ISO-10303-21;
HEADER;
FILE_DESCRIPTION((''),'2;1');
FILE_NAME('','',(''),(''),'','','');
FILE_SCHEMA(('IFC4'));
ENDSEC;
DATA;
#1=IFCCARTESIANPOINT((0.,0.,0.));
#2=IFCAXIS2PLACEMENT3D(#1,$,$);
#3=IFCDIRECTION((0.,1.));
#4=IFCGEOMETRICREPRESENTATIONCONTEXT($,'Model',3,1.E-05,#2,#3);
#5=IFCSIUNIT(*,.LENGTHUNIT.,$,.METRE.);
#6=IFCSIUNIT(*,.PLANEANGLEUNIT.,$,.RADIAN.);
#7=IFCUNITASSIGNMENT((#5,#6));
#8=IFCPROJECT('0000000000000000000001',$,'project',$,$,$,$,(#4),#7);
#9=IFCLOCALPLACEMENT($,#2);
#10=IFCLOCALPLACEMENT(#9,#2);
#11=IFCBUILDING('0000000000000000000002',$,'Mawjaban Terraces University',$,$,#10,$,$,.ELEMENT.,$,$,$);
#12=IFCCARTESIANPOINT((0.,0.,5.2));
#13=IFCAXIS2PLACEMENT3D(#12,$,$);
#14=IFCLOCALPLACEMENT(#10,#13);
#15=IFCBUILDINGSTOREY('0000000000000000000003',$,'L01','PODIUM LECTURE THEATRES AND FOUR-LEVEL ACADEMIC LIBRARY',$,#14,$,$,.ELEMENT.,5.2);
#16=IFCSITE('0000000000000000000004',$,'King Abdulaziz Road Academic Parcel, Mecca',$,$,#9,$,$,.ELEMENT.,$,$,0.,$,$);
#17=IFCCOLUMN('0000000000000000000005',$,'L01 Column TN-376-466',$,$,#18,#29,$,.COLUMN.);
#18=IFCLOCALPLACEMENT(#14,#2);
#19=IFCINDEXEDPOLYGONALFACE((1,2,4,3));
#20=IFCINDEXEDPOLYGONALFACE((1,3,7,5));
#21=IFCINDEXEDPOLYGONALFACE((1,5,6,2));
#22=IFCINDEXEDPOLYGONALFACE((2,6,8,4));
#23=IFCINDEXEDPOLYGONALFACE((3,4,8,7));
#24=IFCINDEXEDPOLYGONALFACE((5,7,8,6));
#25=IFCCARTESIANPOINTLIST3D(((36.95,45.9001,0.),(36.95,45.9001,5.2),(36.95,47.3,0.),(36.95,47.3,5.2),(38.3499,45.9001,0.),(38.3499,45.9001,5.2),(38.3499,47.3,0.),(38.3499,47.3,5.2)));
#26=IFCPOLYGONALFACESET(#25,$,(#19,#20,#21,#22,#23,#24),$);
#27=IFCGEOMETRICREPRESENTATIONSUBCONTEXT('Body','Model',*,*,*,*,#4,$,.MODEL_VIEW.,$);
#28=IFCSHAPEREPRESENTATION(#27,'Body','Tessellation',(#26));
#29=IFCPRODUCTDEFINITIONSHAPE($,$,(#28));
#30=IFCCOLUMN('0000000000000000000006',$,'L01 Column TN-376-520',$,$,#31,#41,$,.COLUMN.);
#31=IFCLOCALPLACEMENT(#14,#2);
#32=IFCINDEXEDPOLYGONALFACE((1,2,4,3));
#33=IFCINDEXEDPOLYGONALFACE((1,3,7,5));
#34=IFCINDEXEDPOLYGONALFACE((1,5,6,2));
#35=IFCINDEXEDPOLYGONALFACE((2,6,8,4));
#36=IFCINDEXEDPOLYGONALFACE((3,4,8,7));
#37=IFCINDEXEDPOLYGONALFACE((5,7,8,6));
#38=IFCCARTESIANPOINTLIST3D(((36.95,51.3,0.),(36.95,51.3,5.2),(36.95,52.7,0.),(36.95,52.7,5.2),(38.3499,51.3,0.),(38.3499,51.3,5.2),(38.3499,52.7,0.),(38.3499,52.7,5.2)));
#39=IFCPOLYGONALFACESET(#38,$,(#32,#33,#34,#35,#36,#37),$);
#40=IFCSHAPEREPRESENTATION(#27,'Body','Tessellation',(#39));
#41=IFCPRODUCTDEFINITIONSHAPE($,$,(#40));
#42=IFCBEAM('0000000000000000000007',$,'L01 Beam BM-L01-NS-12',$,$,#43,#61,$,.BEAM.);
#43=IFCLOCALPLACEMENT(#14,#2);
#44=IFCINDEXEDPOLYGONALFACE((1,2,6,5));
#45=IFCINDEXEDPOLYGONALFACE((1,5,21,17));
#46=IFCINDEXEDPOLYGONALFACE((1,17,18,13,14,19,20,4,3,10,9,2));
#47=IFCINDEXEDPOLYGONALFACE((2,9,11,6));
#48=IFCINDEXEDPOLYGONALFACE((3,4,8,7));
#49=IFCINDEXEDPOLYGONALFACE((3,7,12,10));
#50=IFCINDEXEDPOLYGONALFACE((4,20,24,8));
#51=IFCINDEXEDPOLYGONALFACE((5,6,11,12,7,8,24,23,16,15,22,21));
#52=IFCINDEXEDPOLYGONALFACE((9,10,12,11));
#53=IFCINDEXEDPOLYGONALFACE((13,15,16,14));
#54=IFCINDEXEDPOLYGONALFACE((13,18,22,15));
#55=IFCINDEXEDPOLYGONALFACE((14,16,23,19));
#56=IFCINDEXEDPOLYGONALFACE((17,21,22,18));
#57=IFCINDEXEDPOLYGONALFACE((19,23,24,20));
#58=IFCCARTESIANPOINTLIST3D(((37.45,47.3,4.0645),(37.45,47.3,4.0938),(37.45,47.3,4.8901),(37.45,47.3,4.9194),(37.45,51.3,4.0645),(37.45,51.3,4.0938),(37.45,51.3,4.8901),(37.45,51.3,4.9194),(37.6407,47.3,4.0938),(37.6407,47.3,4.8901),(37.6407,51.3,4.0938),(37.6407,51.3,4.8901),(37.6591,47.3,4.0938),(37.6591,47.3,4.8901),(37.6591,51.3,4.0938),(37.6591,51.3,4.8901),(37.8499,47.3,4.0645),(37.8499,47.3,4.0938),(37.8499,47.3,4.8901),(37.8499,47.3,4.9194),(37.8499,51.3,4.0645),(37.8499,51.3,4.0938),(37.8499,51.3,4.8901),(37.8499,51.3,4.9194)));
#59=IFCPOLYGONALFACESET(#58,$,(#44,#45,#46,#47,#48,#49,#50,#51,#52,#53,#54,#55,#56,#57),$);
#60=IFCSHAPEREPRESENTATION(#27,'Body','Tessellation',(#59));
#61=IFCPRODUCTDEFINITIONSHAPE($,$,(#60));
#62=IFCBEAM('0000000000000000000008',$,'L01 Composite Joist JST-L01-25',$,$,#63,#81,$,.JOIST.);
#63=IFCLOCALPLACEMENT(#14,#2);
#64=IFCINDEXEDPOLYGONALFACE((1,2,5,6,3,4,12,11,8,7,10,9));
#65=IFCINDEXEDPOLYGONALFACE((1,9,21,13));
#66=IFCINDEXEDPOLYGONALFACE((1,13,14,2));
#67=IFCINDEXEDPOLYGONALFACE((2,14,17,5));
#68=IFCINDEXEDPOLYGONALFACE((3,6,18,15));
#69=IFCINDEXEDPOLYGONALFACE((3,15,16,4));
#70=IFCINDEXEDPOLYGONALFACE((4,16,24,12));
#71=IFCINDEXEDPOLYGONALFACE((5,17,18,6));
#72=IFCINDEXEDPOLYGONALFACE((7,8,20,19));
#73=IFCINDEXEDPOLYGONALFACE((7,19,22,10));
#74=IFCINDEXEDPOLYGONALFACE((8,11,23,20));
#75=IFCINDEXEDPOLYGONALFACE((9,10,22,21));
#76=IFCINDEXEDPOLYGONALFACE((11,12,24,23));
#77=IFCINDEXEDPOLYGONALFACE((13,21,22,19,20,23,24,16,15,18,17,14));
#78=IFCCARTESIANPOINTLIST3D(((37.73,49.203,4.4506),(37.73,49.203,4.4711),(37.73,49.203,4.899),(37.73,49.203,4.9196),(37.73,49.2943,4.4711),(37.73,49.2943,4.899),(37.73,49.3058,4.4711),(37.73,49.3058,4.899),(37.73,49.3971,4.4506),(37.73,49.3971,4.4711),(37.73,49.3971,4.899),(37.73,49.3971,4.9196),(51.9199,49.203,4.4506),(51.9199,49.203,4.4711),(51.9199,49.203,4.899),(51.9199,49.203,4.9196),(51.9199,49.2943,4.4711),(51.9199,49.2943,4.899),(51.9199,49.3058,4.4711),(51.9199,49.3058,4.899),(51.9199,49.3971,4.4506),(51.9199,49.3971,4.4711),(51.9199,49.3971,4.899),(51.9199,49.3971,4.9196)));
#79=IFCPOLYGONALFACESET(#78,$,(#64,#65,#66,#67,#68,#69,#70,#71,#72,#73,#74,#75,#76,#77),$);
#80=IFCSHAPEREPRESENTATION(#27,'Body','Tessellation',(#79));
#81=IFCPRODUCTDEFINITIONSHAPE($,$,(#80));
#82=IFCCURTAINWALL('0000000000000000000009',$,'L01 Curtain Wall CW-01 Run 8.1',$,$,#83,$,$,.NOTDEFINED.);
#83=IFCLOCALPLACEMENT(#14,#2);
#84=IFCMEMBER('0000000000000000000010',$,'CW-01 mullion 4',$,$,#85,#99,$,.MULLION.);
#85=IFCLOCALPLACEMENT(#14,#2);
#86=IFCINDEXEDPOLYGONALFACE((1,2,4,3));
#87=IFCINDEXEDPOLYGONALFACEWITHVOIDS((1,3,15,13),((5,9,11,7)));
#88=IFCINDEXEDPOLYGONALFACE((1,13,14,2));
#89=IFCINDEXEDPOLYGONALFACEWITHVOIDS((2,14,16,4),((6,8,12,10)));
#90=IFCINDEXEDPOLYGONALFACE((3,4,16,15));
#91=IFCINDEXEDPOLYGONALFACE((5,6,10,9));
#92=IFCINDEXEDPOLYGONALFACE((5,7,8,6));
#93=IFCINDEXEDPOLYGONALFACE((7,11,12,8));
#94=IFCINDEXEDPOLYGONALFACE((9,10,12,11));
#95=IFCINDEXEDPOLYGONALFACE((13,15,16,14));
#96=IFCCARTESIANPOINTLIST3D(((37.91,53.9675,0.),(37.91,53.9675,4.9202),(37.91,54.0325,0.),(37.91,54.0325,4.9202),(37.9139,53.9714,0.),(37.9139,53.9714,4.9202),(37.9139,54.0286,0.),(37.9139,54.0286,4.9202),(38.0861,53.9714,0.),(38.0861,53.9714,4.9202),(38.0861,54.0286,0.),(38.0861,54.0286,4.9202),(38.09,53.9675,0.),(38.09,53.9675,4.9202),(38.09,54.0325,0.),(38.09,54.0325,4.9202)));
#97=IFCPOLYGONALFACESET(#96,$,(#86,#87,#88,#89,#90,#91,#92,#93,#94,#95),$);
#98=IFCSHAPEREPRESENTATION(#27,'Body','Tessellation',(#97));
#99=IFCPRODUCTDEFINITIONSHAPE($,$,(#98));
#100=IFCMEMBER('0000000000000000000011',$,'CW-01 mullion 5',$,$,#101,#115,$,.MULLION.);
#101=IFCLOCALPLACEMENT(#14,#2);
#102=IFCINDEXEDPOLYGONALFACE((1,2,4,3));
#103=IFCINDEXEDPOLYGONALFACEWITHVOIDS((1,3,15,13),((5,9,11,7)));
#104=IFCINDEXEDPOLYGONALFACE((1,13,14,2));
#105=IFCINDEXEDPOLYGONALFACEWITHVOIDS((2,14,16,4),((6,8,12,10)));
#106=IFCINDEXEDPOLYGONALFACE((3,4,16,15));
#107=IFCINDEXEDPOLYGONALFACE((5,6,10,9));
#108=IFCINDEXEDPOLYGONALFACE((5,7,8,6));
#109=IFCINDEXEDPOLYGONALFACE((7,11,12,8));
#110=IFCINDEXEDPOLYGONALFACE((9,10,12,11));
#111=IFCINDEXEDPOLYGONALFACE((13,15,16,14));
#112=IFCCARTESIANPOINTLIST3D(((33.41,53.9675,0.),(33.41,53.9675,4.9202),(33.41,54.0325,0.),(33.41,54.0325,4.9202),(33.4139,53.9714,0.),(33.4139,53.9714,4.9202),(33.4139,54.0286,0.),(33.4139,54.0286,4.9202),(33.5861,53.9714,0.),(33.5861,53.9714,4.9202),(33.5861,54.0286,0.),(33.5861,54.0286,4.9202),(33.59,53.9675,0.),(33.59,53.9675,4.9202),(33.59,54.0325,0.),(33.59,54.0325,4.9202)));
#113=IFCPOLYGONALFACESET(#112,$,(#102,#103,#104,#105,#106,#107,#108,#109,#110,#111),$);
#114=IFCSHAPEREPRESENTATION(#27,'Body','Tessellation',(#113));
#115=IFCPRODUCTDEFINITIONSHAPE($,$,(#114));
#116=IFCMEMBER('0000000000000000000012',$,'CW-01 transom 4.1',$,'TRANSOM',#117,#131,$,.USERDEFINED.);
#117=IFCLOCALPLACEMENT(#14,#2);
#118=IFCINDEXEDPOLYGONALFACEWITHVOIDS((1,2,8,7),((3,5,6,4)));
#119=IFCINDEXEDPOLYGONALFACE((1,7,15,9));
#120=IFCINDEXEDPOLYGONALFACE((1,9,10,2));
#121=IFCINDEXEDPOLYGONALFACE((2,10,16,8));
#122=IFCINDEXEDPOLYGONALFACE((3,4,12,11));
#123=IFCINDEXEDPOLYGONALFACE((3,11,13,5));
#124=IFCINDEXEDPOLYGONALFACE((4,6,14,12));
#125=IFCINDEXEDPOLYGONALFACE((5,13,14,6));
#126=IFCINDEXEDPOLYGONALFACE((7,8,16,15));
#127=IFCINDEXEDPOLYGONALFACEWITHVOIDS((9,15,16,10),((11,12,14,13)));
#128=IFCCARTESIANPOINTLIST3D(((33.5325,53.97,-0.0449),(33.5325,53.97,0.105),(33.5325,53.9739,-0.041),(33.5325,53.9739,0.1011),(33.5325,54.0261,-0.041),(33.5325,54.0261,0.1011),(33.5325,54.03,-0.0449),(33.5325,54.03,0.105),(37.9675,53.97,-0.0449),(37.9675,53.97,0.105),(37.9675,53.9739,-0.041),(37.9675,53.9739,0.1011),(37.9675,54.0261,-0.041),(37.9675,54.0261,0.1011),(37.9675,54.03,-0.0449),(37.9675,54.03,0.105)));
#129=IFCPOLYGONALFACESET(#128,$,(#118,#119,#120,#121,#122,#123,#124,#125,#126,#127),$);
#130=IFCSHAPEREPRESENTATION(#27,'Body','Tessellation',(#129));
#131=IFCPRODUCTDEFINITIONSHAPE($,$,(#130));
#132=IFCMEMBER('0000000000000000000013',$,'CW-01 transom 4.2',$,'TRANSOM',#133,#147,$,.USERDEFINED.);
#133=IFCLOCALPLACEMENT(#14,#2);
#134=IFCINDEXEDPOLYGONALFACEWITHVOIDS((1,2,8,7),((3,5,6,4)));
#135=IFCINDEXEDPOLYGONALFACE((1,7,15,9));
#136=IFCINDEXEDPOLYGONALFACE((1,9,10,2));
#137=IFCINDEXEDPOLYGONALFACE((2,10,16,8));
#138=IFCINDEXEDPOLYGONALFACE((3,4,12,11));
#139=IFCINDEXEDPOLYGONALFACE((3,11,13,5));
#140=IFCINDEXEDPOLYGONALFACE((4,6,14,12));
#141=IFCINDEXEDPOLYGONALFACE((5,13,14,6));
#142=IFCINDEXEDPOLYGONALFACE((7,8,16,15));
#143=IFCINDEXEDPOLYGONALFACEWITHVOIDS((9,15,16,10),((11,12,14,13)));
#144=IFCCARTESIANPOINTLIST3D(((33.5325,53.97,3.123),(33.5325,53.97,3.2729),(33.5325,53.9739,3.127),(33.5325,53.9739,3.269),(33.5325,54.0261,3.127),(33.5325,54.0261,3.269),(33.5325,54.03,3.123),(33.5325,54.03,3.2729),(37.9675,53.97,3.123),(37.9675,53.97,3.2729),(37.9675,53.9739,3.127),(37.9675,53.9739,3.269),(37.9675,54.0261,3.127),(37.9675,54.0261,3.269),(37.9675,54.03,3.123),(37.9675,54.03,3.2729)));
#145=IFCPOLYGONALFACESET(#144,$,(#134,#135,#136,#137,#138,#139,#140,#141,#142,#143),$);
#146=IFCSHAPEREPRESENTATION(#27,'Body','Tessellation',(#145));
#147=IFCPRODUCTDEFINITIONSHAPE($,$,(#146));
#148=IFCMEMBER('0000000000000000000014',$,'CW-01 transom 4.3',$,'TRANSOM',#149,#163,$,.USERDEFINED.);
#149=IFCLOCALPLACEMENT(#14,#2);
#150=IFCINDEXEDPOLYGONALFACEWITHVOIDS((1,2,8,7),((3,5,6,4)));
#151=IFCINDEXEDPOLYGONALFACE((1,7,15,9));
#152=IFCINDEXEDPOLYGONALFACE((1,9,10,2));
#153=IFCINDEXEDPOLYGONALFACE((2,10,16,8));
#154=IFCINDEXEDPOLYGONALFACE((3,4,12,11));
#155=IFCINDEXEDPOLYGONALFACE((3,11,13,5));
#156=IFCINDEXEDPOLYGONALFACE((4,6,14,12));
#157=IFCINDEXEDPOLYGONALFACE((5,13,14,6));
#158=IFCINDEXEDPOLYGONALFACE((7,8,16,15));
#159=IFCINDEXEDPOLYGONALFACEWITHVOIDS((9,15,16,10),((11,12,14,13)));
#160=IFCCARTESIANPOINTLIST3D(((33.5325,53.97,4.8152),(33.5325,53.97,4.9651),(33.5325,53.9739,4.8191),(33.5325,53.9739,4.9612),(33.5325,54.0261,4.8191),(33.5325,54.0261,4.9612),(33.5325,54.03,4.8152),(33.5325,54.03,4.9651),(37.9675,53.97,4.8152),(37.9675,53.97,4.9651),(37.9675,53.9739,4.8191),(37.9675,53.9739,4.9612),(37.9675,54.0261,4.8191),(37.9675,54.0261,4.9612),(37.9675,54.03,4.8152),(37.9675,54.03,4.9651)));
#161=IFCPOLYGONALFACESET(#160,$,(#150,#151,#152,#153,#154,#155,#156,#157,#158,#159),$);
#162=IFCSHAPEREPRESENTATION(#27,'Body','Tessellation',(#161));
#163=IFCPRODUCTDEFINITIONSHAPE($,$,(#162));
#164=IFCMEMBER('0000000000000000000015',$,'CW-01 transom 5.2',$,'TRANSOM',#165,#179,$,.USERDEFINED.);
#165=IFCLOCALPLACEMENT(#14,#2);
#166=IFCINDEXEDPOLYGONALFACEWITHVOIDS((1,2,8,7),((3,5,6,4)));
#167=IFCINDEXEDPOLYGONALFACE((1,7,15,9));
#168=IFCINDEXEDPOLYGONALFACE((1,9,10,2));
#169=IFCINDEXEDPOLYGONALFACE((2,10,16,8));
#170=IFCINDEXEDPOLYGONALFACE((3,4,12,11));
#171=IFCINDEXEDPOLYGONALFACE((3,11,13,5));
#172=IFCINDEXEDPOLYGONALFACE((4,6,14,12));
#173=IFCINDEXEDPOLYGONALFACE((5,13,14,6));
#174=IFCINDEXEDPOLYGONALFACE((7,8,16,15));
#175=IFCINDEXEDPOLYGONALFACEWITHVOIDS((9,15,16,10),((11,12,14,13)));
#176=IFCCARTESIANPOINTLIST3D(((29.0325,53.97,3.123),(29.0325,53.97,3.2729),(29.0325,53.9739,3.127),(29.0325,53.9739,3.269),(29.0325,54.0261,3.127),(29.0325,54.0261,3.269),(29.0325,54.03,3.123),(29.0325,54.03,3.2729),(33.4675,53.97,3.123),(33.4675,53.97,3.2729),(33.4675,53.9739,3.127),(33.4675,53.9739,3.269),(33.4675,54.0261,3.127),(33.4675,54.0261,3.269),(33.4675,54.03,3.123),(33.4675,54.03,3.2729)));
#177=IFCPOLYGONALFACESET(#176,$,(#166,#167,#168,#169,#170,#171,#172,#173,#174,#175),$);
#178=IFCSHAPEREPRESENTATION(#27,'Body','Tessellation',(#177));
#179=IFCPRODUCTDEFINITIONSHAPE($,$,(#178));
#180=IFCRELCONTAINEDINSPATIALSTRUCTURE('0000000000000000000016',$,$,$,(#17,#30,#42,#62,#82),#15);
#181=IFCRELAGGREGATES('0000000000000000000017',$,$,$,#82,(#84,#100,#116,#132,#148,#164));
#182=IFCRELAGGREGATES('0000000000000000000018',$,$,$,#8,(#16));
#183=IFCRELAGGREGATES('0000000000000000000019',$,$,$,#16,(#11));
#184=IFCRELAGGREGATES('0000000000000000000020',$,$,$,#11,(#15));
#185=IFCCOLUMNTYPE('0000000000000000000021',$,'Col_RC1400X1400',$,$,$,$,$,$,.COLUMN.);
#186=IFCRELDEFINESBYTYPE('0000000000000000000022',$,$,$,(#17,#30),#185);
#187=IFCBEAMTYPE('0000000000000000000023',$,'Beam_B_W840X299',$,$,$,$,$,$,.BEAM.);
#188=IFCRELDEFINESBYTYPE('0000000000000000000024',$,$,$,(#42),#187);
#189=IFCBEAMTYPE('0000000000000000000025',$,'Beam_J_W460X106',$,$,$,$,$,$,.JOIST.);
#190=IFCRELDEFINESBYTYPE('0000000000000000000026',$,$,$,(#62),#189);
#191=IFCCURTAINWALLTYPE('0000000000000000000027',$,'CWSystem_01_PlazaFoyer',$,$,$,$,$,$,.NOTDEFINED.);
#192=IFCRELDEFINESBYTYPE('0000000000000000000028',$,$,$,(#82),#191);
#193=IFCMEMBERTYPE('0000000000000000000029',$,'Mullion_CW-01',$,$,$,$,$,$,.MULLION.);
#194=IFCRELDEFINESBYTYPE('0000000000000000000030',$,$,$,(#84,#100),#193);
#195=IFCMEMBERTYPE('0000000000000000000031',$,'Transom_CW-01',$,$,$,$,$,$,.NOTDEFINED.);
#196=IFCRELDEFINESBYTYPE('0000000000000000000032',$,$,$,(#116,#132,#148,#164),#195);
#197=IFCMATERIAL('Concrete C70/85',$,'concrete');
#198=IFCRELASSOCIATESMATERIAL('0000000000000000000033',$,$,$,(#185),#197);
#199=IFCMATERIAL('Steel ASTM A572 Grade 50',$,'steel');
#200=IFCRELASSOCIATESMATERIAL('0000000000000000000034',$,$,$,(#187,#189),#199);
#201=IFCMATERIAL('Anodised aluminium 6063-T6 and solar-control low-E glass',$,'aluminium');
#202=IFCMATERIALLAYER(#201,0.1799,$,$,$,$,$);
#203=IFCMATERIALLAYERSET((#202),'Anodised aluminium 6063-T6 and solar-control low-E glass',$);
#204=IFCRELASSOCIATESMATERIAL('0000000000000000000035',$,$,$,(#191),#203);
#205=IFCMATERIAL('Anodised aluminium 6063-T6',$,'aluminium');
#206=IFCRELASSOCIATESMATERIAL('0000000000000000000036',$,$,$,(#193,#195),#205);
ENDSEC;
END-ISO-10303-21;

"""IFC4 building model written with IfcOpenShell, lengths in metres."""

from ifc_helpers import new_model, si_unit, direction, frame, origin, origin_2d, place, context, subcontext, project, spatial, rectangle, hollow_rectangle, i_section, extrude, material, layer, layer_set, material_profile, profile_set, type_object, element, aggregate, save


model = new_model("IFC4")

# Units and contexts
model_context = context("Model", 3, precision=1e-05, world=origin(), true_north=direction((0.0, 1.0)))
body_context = subcontext(model_context, "Body", "Model", "MODEL_VIEW")
ifc_project = project(units=[si_unit("LENGTHUNIT", "METRE"), si_unit("PLANEANGLEUNIT", "RADIAN")], contexts=[model_context])

# Site, building, storey
site_placement = place(None, origin())
site = spatial("IfcSite", under=ifc_project, at=site_placement, Name="King Abdulaziz Road Academic Parcel, Mecca", CompositionType="ELEMENT", RefElevation=0.0)
building_placement = place(site_placement, origin())
building = spatial("IfcBuilding", under=site, at=building_placement, Name="Mawjaban Terraces University", CompositionType="ELEMENT")
storey_placement = place(building_placement, frame((0.0, 0.0, 5.2)))
storey = spatial("IfcBuildingStorey", under=building, at=storey_placement, Name="L01", Description="PODIUM LECTURE THEATRES AND FOUR-LEVEL ACADEMIC LIBRARY", CompositionType="ELEMENT", Elevation=5.2)

# Columns
ifc_material_1 = material(Name="Concrete C70/85", Category="concrete")
ifc_material_profile_1 = material_profile(ifc_material_1, rectangle(XDim=1.3999, YDim=1.3999, at=origin_2d()), Name="RC1400X1400")
ifc_profile_set_1 = profile_set([ifc_material_profile_1], Name="Concrete C70/85")
column_type = type_object("IfcColumnType", Name="Col_RC1400X1400", PredefinedType="COLUMN", material=ifc_profile_set_1)
for number, where, z_axis, x_axis, name in (
    (1, (37.6499, 46.6001, 0.0), (0.0, 0.0, 1.0), (1.0, 0.0, 0.0), "L01 Column TN-376-466"),
    (2, (37.6499, 52.0, 0.0), (0.0, 0.0, 1.0), (1.0, 0.0, 0.0), "L01 Column TN-376-520"),
):
    element("IfcColumn", number, at=place(storey_placement, frame(where, z_axis=z_axis, x_axis=x_axis)), inside=storey, type_object=column_type, Name=name, PredefinedType="COLUMN", context=body_context, shape_type="SweptSolid", body=[
        extrude(rectangle(XDim=1.3999, YDim=1.3999, at=origin_2d()), origin(), (0.0, 0.0, 1.0), 5.2),
    ])

# Beams
ifc_material_2 = material(Name="Steel ASTM A572 Grade 50", Category="steel")
ifc_material_profile_2 = material_profile(ifc_material_2, i_section(OverallWidth=0.3999, OverallDepth=0.855, WebThickness=0.0183, FlangeThickness=0.0293, at=origin_2d()), Name="W840X299")
ifc_profile_set_2 = profile_set([ifc_material_profile_2], Name="Steel ASTM A572 Grade 50")
beam_type_1 = type_object("IfcBeamType", Name="Beam_B_W840X299", PredefinedType="BEAM", material=ifc_profile_set_2)
beam_1_placement = place(storey_placement, frame((37.6499, 47.3, 4.4919), z_axis=(0.0, 1.0, 0.0), x_axis=(-1.0, 0.0, 0.0)))
element("IfcBeam", 3, at=beam_1_placement, inside=storey, type_object=beam_type_1, Name="L01 Beam BM-L01-NS-12", PredefinedType="BEAM", context=body_context, shape_type="SweptSolid", body=[
    extrude(i_section(OverallWidth=0.3999, OverallDepth=0.855, WebThickness=0.0183, FlangeThickness=0.0293, at=origin_2d()), origin(), (0.0, 0.0, 1.0), 4.0),
])
ifc_material_profile_3 = material_profile(ifc_material_2, i_section(OverallWidth=0.1941, OverallDepth=0.469, WebThickness=0.0115, FlangeThickness=0.0205, at=origin_2d()), Name="W460X106")
ifc_profile_set_3 = profile_set([ifc_material_profile_3], Name="Steel ASTM A572 Grade 50")
beam_type_2 = type_object("IfcBeamType", Name="Beam_J_W460X106", PredefinedType="JOIST", material=ifc_profile_set_3)
beam_2_placement = place(storey_placement, frame((37.73, 49.3, 4.6851), z_axis=(1.0, 0.0, 0.0), x_axis=(0.0, 1.0, 0.0)))
element("IfcBeam", 4, at=beam_2_placement, inside=storey, type_object=beam_type_2, Name="L01 Composite Joist JST-L01-25", PredefinedType="JOIST", context=body_context, shape_type="SweptSolid", body=[
    extrude(i_section(OverallWidth=0.1941, OverallDepth=0.469, WebThickness=0.0115, FlangeThickness=0.0205, at=origin_2d()), origin(), (0.0, 0.0, 1.0), 14.1899),
])

# Curtain wall, members
ifc_material_3 = material(Name="Anodised aluminium 6063-T6 and solar-control low-E glass", Category="aluminium")
ifc_layer_1 = layer(ifc_material_3, 0.1799)
ifc_layer_set_1 = layer_set([ifc_layer_1], Name="Anodised aluminium 6063-T6 and solar-control low-E glass")
curtain_wall_type = type_object("IfcCurtainWallType", Name="CWSystem_01_PlazaFoyer", PredefinedType="NOTDEFINED", material=ifc_layer_set_1)
curtain_wall_placement = place(storey_placement, origin())
curtain_wall = element("IfcCurtainWall", 5, at=curtain_wall_placement, inside=storey, type_object=curtain_wall_type, Name="L01 Curtain Wall CW-01 Run 8.1", PredefinedType="NOTDEFINED")
ifc_material_4 = material(Name="Anodised aluminium 6063-T6", Category="aluminium")
ifc_material_profile_4 = material_profile(ifc_material_4, hollow_rectangle(XDim=0.0649, YDim=0.1799, WallThickness=0.0039, at=origin_2d()), Name="ALU180X65X4")
ifc_profile_set_4 = profile_set([ifc_material_profile_4], Name="Anodised aluminium 6063-T6")
member_type_1 = type_object("IfcMemberType", Name="Mullion_CW-01", PredefinedType="MULLION", material=ifc_profile_set_4)
member_1_placement = place(storey_placement, frame((38.0, 54.0, 0.0), z_axis=(0.0, 0.0, 1.0), x_axis=(0.0, -1.0, 0.0)))
member_1 = element("IfcMember", 6, at=member_1_placement, type_object=member_type_1, Name="CW-01 mullion 4", PredefinedType="MULLION", context=body_context, shape_type="SweptSolid", body=[
    extrude(hollow_rectangle(XDim=0.0649, YDim=0.1799, WallThickness=0.0039, at=origin_2d()), origin(), (0.0, 0.0, 1.0), 4.9202),
])
member_2_placement = place(storey_placement, frame((33.5, 54.0, 0.0), z_axis=(0.0, 0.0, 1.0), x_axis=(0.0, -1.0, 0.0)))
member_2 = element("IfcMember", 7, at=member_2_placement, type_object=member_type_1, Name="CW-01 mullion 5", PredefinedType="MULLION", context=body_context, shape_type="SweptSolid", body=[
    extrude(hollow_rectangle(XDim=0.0649, YDim=0.1799, WallThickness=0.0039, at=origin_2d()), origin(), (0.0, 0.0, 1.0), 4.9202),
])
ifc_material_profile_5 = material_profile(ifc_material_4, hollow_rectangle(XDim=0.0601, YDim=0.1499, WallThickness=0.0039, at=origin_2d()), Name="ALU150X60X4")
ifc_profile_set_5 = profile_set([ifc_material_profile_5], Name="Anodised aluminium 6063-T6")
member_type_2 = type_object("IfcMemberType", Name="Transom_CW-01", PredefinedType="NOTDEFINED", material=ifc_profile_set_5)
member_3_placement = place(storey_placement, frame((37.9675, 54.0, 0.03), z_axis=(-1.0, 0.0, 0.0), x_axis=(0.0, -1.0, 0.0)))
member_3 = element("IfcMember", 8, at=member_3_placement, type_object=member_type_2, Name="CW-01 transom 4.1", ObjectType="TRANSOM", PredefinedType="USERDEFINED", context=body_context, shape_type="SweptSolid", body=[
    extrude(hollow_rectangle(XDim=0.0601, YDim=0.1499, WallThickness=0.0039, at=origin_2d()), origin(), (0.0, 0.0, 1.0), 4.4351),
])
member_4_placement = place(storey_placement, frame((37.9675, 54.0, 3.198), z_axis=(-1.0, 0.0, 0.0), x_axis=(0.0, -1.0, 0.0)))
member_4 = element("IfcMember", 9, at=member_4_placement, type_object=member_type_2, Name="CW-01 transom 4.2", ObjectType="TRANSOM", PredefinedType="USERDEFINED", context=body_context, shape_type="SweptSolid", body=[
    extrude(hollow_rectangle(XDim=0.0601, YDim=0.1499, WallThickness=0.0039, at=origin_2d()), origin(), (0.0, 0.0, 1.0), 4.4351),
])
member_5_placement = place(storey_placement, frame((37.9675, 54.0, 4.8901), z_axis=(-1.0, 0.0, 0.0), x_axis=(0.0, -1.0, 0.0)))
member_5 = element("IfcMember", 10, at=member_5_placement, type_object=member_type_2, Name="CW-01 transom 4.3", ObjectType="TRANSOM", PredefinedType="USERDEFINED", context=body_context, shape_type="SweptSolid", body=[
    extrude(hollow_rectangle(XDim=0.0601, YDim=0.1499, WallThickness=0.0039, at=origin_2d()), origin(), (0.0, 0.0, 1.0), 4.4351),
])
member_6_placement = place(storey_placement, frame((33.4675, 54.0, 3.198), z_axis=(-1.0, 0.0, 0.0), x_axis=(0.0, -1.0, 0.0)))
member_6 = element("IfcMember", 11, at=member_6_placement, type_object=member_type_2, Name="CW-01 transom 5.2", ObjectType="TRANSOM", PredefinedType="USERDEFINED", context=body_context, shape_type="SweptSolid", body=[
    extrude(hollow_rectangle(XDim=0.0601, YDim=0.1499, WallThickness=0.0039, at=origin_2d()), origin(), (0.0, 0.0, 1.0), 4.4351),
])
aggregate(curtain_wall, [member_1, member_2, member_3, member_4, member_5, member_6])

save(model, "model.ifc")
